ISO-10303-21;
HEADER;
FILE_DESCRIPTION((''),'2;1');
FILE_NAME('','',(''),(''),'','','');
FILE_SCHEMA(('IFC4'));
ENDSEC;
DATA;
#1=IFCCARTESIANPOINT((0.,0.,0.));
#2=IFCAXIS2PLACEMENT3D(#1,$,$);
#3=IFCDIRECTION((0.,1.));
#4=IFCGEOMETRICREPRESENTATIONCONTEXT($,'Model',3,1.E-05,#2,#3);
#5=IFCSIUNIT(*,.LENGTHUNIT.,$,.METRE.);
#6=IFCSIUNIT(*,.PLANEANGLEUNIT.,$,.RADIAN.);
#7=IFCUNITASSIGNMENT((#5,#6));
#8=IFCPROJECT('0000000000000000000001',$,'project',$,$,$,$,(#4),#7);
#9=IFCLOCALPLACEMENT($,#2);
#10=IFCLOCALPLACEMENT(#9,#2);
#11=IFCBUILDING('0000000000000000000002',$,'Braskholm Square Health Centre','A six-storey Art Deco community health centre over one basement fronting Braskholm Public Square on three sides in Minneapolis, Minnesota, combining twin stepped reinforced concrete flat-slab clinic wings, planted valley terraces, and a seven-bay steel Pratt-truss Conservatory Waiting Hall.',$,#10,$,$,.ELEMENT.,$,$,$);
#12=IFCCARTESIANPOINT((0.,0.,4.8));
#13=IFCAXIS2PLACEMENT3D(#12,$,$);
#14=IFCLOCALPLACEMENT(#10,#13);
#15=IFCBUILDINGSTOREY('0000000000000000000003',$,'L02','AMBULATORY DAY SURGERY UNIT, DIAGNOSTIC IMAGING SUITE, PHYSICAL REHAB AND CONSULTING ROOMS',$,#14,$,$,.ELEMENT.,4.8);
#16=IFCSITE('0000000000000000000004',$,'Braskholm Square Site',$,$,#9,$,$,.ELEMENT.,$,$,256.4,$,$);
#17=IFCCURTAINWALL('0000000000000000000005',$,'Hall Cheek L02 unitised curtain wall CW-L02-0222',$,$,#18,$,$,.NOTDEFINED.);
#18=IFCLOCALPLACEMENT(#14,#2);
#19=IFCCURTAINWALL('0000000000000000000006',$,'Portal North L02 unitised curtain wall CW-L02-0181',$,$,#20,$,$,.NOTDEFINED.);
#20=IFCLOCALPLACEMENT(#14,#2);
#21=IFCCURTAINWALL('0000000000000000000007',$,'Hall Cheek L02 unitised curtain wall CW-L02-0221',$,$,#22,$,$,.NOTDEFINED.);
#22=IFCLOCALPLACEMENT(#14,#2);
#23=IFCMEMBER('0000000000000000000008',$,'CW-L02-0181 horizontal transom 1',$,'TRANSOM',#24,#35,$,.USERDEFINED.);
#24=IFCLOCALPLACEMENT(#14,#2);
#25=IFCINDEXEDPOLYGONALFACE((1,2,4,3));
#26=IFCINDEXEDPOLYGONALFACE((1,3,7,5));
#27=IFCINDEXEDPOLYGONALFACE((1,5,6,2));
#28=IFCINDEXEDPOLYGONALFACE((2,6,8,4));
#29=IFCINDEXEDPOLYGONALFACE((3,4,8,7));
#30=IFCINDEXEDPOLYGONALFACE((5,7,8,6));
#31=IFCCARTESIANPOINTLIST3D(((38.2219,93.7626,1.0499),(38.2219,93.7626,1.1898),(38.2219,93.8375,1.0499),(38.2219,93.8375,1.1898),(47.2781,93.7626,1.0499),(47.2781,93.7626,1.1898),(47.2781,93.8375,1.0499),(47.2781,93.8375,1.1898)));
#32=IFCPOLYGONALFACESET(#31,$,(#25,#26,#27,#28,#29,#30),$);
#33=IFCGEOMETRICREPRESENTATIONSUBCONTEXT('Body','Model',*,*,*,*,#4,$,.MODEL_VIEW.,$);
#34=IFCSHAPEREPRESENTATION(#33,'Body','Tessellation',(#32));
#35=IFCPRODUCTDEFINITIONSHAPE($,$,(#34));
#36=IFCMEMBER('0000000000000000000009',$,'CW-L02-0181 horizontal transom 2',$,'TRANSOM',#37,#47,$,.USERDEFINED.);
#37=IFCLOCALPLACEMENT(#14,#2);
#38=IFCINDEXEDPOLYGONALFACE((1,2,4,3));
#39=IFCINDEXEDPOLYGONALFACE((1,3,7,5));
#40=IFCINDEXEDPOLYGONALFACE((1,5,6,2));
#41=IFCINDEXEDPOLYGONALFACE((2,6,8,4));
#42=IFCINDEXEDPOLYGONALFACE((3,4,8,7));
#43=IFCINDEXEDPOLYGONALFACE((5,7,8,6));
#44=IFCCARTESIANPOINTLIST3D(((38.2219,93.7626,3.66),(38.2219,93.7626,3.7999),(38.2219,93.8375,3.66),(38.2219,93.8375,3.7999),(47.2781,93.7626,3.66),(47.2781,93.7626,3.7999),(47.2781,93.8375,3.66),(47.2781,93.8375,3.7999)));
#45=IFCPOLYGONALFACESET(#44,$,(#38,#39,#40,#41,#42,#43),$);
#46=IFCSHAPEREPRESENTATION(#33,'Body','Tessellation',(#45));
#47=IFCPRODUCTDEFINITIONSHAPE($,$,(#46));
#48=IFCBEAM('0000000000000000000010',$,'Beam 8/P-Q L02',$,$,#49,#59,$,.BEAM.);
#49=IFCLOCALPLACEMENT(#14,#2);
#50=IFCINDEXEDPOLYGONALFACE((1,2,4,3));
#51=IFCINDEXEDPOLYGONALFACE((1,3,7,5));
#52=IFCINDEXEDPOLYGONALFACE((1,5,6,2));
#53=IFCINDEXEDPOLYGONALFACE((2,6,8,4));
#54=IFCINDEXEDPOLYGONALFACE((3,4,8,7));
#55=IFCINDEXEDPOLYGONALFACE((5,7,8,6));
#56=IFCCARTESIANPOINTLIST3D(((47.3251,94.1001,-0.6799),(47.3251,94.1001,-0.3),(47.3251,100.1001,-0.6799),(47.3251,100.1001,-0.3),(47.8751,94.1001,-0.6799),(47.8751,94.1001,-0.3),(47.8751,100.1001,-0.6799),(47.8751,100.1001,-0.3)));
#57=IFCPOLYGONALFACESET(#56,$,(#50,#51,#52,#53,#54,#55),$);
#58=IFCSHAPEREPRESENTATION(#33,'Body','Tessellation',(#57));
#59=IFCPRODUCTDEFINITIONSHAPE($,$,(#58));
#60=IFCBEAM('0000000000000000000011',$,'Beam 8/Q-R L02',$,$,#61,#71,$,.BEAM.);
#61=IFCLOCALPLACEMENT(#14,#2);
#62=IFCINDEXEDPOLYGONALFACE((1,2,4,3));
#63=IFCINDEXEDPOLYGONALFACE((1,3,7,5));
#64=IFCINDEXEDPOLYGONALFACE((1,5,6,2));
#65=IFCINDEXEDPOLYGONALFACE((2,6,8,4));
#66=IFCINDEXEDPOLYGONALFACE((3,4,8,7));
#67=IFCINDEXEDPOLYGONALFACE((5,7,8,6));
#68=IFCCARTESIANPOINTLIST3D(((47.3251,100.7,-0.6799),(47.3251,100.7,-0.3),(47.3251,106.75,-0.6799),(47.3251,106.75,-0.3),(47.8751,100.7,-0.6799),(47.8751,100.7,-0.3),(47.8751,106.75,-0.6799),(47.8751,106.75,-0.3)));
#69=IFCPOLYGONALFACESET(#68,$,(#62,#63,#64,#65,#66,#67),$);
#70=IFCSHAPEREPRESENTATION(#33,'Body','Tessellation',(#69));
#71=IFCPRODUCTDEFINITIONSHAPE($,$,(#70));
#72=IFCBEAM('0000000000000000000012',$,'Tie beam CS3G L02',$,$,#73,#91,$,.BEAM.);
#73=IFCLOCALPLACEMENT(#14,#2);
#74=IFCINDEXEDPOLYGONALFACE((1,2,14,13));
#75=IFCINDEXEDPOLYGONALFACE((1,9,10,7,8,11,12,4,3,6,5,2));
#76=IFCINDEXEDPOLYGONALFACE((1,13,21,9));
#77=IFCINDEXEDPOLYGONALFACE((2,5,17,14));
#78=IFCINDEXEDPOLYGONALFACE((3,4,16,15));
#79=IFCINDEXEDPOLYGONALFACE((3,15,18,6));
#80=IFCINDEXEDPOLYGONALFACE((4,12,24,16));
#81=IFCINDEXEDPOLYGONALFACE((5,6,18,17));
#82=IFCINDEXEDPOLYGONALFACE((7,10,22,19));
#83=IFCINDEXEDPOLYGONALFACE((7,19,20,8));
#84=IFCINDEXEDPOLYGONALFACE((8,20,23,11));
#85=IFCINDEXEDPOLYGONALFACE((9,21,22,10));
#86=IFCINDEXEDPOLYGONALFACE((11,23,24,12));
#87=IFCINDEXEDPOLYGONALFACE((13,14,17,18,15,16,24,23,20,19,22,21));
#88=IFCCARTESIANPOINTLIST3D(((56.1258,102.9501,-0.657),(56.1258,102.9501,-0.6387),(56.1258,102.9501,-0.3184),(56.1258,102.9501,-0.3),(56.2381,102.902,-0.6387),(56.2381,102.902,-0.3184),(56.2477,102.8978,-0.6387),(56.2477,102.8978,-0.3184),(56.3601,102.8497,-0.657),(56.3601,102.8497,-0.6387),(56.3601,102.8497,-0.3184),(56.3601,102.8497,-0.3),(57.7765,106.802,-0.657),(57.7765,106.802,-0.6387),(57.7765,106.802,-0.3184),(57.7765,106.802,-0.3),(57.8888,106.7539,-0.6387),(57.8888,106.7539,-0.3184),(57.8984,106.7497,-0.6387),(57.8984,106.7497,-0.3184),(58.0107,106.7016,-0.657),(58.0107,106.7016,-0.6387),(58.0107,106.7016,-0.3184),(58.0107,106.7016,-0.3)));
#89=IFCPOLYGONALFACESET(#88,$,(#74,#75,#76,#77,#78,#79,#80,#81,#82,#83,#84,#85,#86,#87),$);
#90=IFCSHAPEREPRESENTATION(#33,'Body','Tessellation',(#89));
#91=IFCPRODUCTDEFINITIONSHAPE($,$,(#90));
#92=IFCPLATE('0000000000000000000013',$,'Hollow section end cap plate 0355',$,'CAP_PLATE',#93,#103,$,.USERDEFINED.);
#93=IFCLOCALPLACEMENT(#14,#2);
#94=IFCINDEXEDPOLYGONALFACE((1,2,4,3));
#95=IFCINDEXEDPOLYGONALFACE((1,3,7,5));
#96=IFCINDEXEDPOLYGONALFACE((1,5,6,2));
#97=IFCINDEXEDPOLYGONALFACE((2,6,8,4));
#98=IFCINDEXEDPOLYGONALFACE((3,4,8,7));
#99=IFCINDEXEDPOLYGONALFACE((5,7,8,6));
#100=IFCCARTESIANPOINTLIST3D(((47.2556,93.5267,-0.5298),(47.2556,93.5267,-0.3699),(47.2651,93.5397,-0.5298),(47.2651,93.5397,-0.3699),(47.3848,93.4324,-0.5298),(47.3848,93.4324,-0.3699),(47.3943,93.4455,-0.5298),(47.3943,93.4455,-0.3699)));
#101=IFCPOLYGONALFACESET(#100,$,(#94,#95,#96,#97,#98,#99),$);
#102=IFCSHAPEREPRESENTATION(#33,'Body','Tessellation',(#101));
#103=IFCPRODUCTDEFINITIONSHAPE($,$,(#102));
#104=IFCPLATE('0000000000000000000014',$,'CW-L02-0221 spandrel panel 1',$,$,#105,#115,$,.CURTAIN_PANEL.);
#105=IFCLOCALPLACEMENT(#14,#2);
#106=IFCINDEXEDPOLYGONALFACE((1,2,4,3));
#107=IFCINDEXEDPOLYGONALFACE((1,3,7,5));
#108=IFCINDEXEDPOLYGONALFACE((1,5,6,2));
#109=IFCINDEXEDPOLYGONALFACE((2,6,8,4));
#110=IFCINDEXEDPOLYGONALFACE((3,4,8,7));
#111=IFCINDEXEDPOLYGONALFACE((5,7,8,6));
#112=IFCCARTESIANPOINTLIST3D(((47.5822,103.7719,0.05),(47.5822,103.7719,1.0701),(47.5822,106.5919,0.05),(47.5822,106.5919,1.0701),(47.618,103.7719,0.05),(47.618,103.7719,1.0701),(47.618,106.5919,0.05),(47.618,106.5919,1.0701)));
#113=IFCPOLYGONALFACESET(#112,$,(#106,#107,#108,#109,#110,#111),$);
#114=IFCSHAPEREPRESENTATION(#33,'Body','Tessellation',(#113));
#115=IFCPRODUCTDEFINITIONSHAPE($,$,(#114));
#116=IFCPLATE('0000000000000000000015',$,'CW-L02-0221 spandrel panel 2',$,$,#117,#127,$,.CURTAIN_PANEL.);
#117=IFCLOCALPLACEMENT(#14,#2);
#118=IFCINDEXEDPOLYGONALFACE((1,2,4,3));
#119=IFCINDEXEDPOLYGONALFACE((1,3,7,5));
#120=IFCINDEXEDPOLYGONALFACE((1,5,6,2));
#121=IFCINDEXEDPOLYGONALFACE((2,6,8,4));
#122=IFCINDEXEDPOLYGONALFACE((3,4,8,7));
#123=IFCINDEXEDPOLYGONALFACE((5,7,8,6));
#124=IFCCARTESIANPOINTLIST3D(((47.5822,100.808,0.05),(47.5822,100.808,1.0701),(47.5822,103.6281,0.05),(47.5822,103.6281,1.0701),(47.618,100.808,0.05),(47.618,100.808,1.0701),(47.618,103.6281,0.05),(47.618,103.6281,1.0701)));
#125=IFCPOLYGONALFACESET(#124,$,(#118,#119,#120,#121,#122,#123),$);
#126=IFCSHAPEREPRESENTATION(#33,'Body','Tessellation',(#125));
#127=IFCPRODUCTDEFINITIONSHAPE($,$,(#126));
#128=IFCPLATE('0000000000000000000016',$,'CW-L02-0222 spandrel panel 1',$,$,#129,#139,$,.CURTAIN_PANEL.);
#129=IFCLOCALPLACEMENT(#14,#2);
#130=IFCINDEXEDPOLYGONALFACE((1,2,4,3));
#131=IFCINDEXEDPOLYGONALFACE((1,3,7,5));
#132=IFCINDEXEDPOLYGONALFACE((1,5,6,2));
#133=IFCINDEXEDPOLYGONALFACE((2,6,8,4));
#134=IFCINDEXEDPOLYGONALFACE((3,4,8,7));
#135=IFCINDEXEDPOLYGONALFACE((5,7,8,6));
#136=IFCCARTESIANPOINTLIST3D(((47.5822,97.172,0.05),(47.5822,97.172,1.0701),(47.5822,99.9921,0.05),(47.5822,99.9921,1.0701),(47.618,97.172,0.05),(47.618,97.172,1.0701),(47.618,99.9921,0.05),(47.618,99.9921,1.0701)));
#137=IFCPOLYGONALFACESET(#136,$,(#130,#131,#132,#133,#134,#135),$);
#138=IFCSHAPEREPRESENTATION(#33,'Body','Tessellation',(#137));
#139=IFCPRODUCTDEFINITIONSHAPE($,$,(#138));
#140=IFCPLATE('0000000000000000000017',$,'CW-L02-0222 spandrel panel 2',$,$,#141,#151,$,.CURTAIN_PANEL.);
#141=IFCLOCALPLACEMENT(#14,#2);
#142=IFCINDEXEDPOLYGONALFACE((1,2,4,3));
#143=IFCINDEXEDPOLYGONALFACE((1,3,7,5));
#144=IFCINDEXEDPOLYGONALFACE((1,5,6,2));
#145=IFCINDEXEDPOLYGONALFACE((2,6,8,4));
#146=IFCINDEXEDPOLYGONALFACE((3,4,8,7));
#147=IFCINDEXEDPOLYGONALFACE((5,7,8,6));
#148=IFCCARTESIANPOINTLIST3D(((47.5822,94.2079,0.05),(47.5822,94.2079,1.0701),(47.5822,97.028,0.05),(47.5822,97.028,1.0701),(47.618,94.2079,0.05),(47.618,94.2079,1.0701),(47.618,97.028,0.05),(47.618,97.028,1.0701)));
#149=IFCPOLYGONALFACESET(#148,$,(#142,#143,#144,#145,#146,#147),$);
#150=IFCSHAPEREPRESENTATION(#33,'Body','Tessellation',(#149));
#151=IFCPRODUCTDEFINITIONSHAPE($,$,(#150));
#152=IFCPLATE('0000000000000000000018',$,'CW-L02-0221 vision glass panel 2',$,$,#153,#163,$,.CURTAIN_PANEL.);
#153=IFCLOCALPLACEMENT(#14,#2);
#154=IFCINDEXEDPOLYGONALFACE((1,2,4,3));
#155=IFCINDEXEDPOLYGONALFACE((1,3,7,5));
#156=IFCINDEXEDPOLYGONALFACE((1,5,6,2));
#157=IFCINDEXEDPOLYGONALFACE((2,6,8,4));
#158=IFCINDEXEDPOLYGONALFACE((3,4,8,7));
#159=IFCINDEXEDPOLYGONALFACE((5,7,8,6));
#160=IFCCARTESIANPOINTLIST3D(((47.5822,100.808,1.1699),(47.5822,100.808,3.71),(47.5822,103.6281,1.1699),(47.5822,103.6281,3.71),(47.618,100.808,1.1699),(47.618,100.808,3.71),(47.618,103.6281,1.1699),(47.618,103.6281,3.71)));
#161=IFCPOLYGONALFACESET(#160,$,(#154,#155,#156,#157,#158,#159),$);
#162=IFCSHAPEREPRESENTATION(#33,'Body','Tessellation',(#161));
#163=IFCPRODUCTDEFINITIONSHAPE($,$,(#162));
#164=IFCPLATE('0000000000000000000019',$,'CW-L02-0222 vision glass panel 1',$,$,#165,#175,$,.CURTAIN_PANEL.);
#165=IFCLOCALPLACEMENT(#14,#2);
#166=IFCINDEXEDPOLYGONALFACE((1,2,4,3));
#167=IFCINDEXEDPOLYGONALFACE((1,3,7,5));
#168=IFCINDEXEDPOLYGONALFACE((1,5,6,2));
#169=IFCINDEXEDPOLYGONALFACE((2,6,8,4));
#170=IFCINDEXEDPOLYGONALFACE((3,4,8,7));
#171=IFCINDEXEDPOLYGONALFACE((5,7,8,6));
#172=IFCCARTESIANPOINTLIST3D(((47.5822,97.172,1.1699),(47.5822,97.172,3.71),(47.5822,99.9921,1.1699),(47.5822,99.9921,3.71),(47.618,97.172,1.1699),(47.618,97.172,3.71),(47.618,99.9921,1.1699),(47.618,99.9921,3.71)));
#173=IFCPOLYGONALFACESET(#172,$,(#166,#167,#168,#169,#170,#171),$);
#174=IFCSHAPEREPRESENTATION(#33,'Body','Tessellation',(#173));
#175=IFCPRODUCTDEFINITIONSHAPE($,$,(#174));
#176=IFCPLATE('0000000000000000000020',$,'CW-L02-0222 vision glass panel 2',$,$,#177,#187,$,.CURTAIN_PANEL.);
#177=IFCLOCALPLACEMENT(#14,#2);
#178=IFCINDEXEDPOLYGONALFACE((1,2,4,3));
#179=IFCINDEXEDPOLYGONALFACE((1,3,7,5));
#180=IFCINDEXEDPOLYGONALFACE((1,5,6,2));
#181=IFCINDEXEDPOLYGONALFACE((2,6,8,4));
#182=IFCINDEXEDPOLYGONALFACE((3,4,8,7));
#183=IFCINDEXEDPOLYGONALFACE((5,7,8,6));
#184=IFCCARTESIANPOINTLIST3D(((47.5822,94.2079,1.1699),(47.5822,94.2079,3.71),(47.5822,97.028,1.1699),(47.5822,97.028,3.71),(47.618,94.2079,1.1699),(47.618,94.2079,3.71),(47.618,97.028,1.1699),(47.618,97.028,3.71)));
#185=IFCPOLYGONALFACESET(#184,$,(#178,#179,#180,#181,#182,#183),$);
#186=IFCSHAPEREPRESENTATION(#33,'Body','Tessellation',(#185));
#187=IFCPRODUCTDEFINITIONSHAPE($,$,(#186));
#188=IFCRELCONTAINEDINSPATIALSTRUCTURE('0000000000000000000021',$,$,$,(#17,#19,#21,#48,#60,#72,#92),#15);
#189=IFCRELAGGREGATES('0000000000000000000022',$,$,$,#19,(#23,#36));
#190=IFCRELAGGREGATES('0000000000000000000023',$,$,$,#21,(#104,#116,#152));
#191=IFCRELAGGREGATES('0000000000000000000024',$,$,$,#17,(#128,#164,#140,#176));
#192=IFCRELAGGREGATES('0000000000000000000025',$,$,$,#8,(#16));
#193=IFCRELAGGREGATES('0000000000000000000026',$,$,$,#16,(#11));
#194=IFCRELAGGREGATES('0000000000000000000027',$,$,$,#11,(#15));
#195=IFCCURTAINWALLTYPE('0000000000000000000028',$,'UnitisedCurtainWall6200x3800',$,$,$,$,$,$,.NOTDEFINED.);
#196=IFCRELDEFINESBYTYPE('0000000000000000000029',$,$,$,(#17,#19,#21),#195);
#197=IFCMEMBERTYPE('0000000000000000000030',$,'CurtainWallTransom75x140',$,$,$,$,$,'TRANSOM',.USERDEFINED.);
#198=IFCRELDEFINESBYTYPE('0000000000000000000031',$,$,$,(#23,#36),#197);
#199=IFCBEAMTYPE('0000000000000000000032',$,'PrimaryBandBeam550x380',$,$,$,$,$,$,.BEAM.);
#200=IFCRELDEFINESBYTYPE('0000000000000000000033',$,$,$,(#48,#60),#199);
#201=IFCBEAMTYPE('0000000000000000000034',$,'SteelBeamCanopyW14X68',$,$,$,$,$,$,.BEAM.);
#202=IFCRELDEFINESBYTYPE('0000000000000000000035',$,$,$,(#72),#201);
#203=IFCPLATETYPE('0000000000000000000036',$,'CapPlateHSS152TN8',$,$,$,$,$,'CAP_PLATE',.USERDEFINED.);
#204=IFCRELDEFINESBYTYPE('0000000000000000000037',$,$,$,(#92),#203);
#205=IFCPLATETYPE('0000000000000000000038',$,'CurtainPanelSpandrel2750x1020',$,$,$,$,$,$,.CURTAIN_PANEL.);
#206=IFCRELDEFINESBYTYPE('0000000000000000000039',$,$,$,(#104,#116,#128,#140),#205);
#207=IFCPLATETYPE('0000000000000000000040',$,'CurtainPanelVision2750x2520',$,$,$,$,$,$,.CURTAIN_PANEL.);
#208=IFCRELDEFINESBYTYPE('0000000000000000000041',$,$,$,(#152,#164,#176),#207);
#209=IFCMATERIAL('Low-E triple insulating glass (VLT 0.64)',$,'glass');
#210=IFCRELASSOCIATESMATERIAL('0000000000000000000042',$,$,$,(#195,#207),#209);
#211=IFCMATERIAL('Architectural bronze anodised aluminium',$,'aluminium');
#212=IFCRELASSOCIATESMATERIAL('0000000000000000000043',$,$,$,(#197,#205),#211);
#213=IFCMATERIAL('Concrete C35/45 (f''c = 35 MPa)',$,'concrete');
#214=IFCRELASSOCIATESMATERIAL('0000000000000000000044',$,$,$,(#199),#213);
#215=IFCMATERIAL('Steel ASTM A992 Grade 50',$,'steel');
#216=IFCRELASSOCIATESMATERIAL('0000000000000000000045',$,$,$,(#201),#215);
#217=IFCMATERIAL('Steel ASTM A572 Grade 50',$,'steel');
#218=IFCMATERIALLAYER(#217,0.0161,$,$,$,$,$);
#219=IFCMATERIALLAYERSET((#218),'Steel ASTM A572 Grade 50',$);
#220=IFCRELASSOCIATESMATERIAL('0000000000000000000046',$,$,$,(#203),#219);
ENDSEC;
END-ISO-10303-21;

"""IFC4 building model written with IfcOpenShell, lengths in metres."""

from ifc_helpers import new_model, si_unit, direction, frame, origin, origin_2d, place, context, subcontext, project, spatial, rectangle, i_section, extrude, material, layer, layer_set, material_profile, profile_set, type_object, element, aggregate, save


model = new_model("IFC4")

# Units and contexts
model_context = context("Model", 3, precision=1e-05, world=origin(), true_north=direction((0.0, 1.0)))
body_context = subcontext(model_context, "Body", "Model", "MODEL_VIEW")
ifc_project = project(units=[si_unit("LENGTHUNIT", "METRE"), si_unit("PLANEANGLEUNIT", "RADIAN")], contexts=[model_context])

# Site, building, storey
site_placement = place(None, origin())
site = spatial("IfcSite", under=ifc_project, at=site_placement, Name="Braskholm Square Site", CompositionType="ELEMENT", RefElevation=256.4)
building_placement = place(site_placement, origin())
building = spatial("IfcBuilding", under=site, at=building_placement, Name="Braskholm Square Health Centre", Description="A six-storey Art Deco community health centre over one basement fronting Braskholm Public Square on three sides in Minneapolis, Minnesota, combining twin stepped reinforced concrete flat-slab clinic wings, planted valley terraces, and a seven-bay steel Pratt-truss Conservatory Waiting Hall.", CompositionType="ELEMENT")
storey_placement = place(building_placement, frame((0.0, 0.0, 4.8)))
storey = spatial("IfcBuildingStorey", under=building, at=storey_placement, Name="L02", Description="AMBULATORY DAY SURGERY UNIT, DIAGNOSTIC IMAGING SUITE, PHYSICAL REHAB AND CONSULTING ROOMS", CompositionType="ELEMENT", Elevation=4.8)

# Curtain wall
ifc_material_1 = material(Name="Low-E triple insulating glass (VLT 0.64)", Category="glass")
curtain_wall_type = type_object("IfcCurtainWallType", Name="UnitisedCurtainWall6200x3800", PredefinedType="NOTDEFINED", material=ifc_material_1)
curtain_wall_1_placement = place(storey_placement, origin())
curtain_wall_1 = element("IfcCurtainWall", 1, at=curtain_wall_1_placement, inside=storey, type_object=curtain_wall_type, Name="Hall Cheek L02 unitised curtain wall CW-L02-0222", PredefinedType="NOTDEFINED")
ifc_material_2 = material(Name="Architectural bronze anodised aluminium", Category="aluminium")

# Curtain wall
curtain_wall_2_placement = place(storey_placement, origin())
curtain_wall_2 = element("IfcCurtainWall", 2, at=curtain_wall_2_placement, inside=storey, type_object=curtain_wall_type, Name="Portal North L02 unitised curtain wall CW-L02-0181", PredefinedType="NOTDEFINED")

# Curtain wall
curtain_wall_3_placement = place(storey_placement, origin())
curtain_wall_3 = element("IfcCurtainWall", 3, at=curtain_wall_3_placement, inside=storey, type_object=curtain_wall_type, Name="Hall Cheek L02 unitised curtain wall CW-L02-0221", PredefinedType="NOTDEFINED")

# Members
ifc_material_profile_1 = material_profile(ifc_material_2, rectangle(XDim=0.075, YDim=0.1399, at=origin_2d()), Name="ALU-75X140")
ifc_profile_set_1 = profile_set([ifc_material_profile_1], Name="Architectural bronze anodised aluminium")
member_type_1 = type_object("IfcMemberType", Name="CurtainWallTransom75x140", ElementType="TRANSOM", PredefinedType="USERDEFINED", material=ifc_profile_set_1)
member_1_placement = place(storey_placement, frame((47.2781, 93.8, 1.1199), z_axis=(-1.0, 0.0, 0.0), x_axis=(0.0, -1.0, 0.0)))
member_1 = element("IfcMember", 4, at=member_1_placement, type_object=member_type_1, Name="CW-L02-0181 horizontal transom 1", ObjectType="TRANSOM", PredefinedType="USERDEFINED", context=body_context, shape_type="SweptSolid", body=[
    extrude(rectangle(XDim=0.075, YDim=0.1399, at=origin_2d()), origin(), (0.0, 0.0, 1.0), 9.0562),
])
member_2_placement = place(storey_placement, frame((47.2781, 93.8, 3.73), z_axis=(-1.0, 0.0, 0.0), x_axis=(0.0, -1.0, 0.0)))
member_2 = element("IfcMember", 5, at=member_2_placement, type_object=member_type_1, Name="CW-L02-0181 horizontal transom 2", ObjectType="TRANSOM", PredefinedType="USERDEFINED", context=body_context, shape_type="SweptSolid", body=[
    extrude(rectangle(XDim=0.075, YDim=0.1399, at=origin_2d()), origin(), (0.0, 0.0, 1.0), 9.0562),
])
aggregate(curtain_wall_2, [member_1, member_2])

# Beams
ifc_material_3 = material(Name="Concrete C35/45 (f'c = 35 MPa)", Category="concrete")
ifc_material_profile_2 = material_profile(ifc_material_3, rectangle(XDim=0.55, YDim=0.3799, at=origin_2d()), Name="RCB-550X380")
ifc_profile_set_2 = profile_set([ifc_material_profile_2], Name="Concrete C35/45 (f'c = 35 MPa)")
beam_type_1 = type_object("IfcBeamType", Name="PrimaryBandBeam550x380", PredefinedType="BEAM", material=ifc_profile_set_2)
beam_1_placement = place(storey_placement, frame((47.6001, 94.1001, -0.49), z_axis=(0.0, 1.0, 0.0), x_axis=(-1.0, 0.0, 0.0)))
element("IfcBeam", 6, at=beam_1_placement, inside=storey, type_object=beam_type_1, Name="Beam 8/P-Q L02", PredefinedType="BEAM", context=body_context, shape_type="SweptSolid", body=[
    extrude(rectangle(XDim=0.55, YDim=0.3799, at=origin_2d()), origin(), (0.0, 0.0, 1.0), 6.0),
])
beam_2_placement = place(storey_placement, frame((47.6001, 100.7, -0.49), z_axis=(0.0, 1.0, 0.0), x_axis=(-1.0, 0.0, 0.0)))
element("IfcBeam", 7, at=beam_2_placement, inside=storey, type_object=beam_type_1, Name="Beam 8/Q-R L02", PredefinedType="BEAM", context=body_context, shape_type="SweptSolid", body=[
    extrude(rectangle(XDim=0.55, YDim=0.3799, at=origin_2d()), origin(), (0.0, 0.0, 1.0), 6.05),
])
ifc_material_4 = material(Name="Steel ASTM A992 Grade 50", Category="steel")
ifc_material_profile_3 = material_profile(ifc_material_4, i_section(OverallWidth=0.2549, OverallDepth=0.3569, WebThickness=0.0105, FlangeThickness=0.0183, at=origin_2d()), Name="W14X68")
ifc_profile_set_3 = profile_set([ifc_material_profile_3], Name="Steel ASTM A992 Grade 50")
beam_type_2 = type_object("IfcBeamType", Name="SteelBeamCanopyW14X68", PredefinedType="BEAM", material=ifc_profile_set_3)
beam_3_placement = place(storey_placement, frame((56.2429, 102.8999, -0.4785), z_axis=(0.393891, 0.919157, 0.0), x_axis=(-0.919157, 0.393891, 0.0)))
element("IfcBeam", 8, at=beam_3_placement, inside=storey, type_object=beam_type_2, Name="Tie beam CS3G L02", PredefinedType="BEAM", context=body_context, shape_type="SweptSolid", body=[
    extrude(i_section(OverallWidth=0.2549, OverallDepth=0.3569, WebThickness=0.0105, FlangeThickness=0.0183, at=origin_2d()), origin(), (0.0, 0.0, 1.0), 4.1907),
])

# Plates
ifc_material_5 = material(Name="Steel ASTM A572 Grade 50", Category="steel")
ifc_layer = layer(ifc_material_5, 0.0161)
ifc_layer_set = layer_set([ifc_layer], Name="Steel ASTM A572 Grade 50")
plate_type_1 = type_object("IfcPlateType", Name="CapPlateHSS152TN8", ElementType="CAP_PLATE", PredefinedType="USERDEFINED", material=ifc_layer_set)
plate_1_placement = place(storey_placement, frame((47.325, 93.4861, -0.5298), z_axis=(0.0, 0.0, 1.0), x_axis=(-0.589535, -0.807743, 0.0)))
element("IfcPlate", 9, at=plate_1_placement, inside=storey, type_object=plate_type_1, Name="Hollow section end cap plate 0355", ObjectType="CAP_PLATE", PredefinedType="USERDEFINED", context=body_context, shape_type="SweptSolid", body=[
    extrude(rectangle(XDim=0.0161, YDim=0.1599, at=origin_2d()), origin(), (0.0, 0.0, 1.0), 0.1599),
])
plate_type_2 = type_object("IfcPlateType", Name="CurtainPanelSpandrel2750x1020", PredefinedType="CURTAIN_PANEL", material=ifc_material_2)
plate_2_placement = place(storey_placement, frame((47.6001, 105.1819, 0.05), z_axis=(0.0, 0.0, 1.0), x_axis=(0.0, -1.0, 0.0)))
plate_2 = element("IfcPlate", 10, at=plate_2_placement, type_object=plate_type_2, Name="CW-L02-0221 spandrel panel 1", PredefinedType="CURTAIN_PANEL", context=body_context, shape_type="SweptSolid", body=[
    extrude(rectangle(XDim=2.8201, YDim=0.0359, at=origin_2d()), origin(), (0.0, 0.0, 1.0), 1.02),
])
plate_3_placement = place(storey_placement, frame((47.6001, 102.218, 0.05), z_axis=(0.0, 0.0, 1.0), x_axis=(0.0, -1.0, 0.0)))
plate_3 = element("IfcPlate", 11, at=plate_3_placement, type_object=plate_type_2, Name="CW-L02-0221 spandrel panel 2", PredefinedType="CURTAIN_PANEL", context=body_context, shape_type="SweptSolid", body=[
    extrude(rectangle(XDim=2.8201, YDim=0.0359, at=origin_2d()), origin(), (0.0, 0.0, 1.0), 1.02),
])
plate_4_placement = place(storey_placement, frame((47.6001, 98.582, 0.05), z_axis=(0.0, 0.0, 1.0), x_axis=(0.0, -1.0, 0.0)))
plate_4 = element("IfcPlate", 12, at=plate_4_placement, type_object=plate_type_2, Name="CW-L02-0222 spandrel panel 1", PredefinedType="CURTAIN_PANEL", context=body_context, shape_type="SweptSolid", body=[
    extrude(rectangle(XDim=2.8201, YDim=0.0359, at=origin_2d()), origin(), (0.0, 0.0, 1.0), 1.02),
])
plate_5_placement = place(storey_placement, frame((47.6001, 95.6179, 0.05), z_axis=(0.0, 0.0, 1.0), x_axis=(0.0, -1.0, 0.0)))
plate_5 = element("IfcPlate", 13, at=plate_5_placement, type_object=plate_type_2, Name="CW-L02-0222 spandrel panel 2", PredefinedType="CURTAIN_PANEL", context=body_context, shape_type="SweptSolid", body=[
    extrude(rectangle(XDim=2.8201, YDim=0.0359, at=origin_2d()), origin(), (0.0, 0.0, 1.0), 1.02),
])
plate_type_3 = type_object("IfcPlateType", Name="CurtainPanelVision2750x2520", PredefinedType="CURTAIN_PANEL", material=ifc_material_1)
plate_6_placement = place(storey_placement, frame((47.6001, 102.218, 1.1699), z_axis=(0.0, 0.0, 1.0), x_axis=(0.0, -1.0, 0.0)))
plate_6 = element("IfcPlate", 14, at=plate_6_placement, type_object=plate_type_3, Name="CW-L02-0221 vision glass panel 2", PredefinedType="CURTAIN_PANEL", context=body_context, shape_type="SweptSolid", body=[
    extrude(rectangle(XDim=2.8201, YDim=0.0359, at=origin_2d()), origin(), (0.0, 0.0, 1.0), 2.54),
])
aggregate(curtain_wall_3, [plate_2, plate_3, plate_6])
plate_7_placement = place(storey_placement, frame((47.6001, 98.582, 1.1699), z_axis=(0.0, 0.0, 1.0), x_axis=(0.0, -1.0, 0.0)))
plate_7 = element("IfcPlate", 15, at=plate_7_placement, type_object=plate_type_3, Name="CW-L02-0222 vision glass panel 1", PredefinedType="CURTAIN_PANEL", context=body_context, shape_type="SweptSolid", body=[
    extrude(rectangle(XDim=2.8201, YDim=0.0359, at=origin_2d()), origin(), (0.0, 0.0, 1.0), 2.54),
])
plate_8_placement = place(storey_placement, frame((47.6001, 95.6179, 1.1699), z_axis=(0.0, 0.0, 1.0), x_axis=(0.0, -1.0, 0.0)))
plate_8 = element("IfcPlate", 16, at=plate_8_placement, type_object=plate_type_3, Name="CW-L02-0222 vision glass panel 2", PredefinedType="CURTAIN_PANEL", context=body_context, shape_type="SweptSolid", body=[
    extrude(rectangle(XDim=2.8201, YDim=0.0359, at=origin_2d()), origin(), (0.0, 0.0, 1.0), 2.54),
])
aggregate(curtain_wall_1, [plate_4, plate_7, plate_5, plate_8])

save(model, "model.ifc")
